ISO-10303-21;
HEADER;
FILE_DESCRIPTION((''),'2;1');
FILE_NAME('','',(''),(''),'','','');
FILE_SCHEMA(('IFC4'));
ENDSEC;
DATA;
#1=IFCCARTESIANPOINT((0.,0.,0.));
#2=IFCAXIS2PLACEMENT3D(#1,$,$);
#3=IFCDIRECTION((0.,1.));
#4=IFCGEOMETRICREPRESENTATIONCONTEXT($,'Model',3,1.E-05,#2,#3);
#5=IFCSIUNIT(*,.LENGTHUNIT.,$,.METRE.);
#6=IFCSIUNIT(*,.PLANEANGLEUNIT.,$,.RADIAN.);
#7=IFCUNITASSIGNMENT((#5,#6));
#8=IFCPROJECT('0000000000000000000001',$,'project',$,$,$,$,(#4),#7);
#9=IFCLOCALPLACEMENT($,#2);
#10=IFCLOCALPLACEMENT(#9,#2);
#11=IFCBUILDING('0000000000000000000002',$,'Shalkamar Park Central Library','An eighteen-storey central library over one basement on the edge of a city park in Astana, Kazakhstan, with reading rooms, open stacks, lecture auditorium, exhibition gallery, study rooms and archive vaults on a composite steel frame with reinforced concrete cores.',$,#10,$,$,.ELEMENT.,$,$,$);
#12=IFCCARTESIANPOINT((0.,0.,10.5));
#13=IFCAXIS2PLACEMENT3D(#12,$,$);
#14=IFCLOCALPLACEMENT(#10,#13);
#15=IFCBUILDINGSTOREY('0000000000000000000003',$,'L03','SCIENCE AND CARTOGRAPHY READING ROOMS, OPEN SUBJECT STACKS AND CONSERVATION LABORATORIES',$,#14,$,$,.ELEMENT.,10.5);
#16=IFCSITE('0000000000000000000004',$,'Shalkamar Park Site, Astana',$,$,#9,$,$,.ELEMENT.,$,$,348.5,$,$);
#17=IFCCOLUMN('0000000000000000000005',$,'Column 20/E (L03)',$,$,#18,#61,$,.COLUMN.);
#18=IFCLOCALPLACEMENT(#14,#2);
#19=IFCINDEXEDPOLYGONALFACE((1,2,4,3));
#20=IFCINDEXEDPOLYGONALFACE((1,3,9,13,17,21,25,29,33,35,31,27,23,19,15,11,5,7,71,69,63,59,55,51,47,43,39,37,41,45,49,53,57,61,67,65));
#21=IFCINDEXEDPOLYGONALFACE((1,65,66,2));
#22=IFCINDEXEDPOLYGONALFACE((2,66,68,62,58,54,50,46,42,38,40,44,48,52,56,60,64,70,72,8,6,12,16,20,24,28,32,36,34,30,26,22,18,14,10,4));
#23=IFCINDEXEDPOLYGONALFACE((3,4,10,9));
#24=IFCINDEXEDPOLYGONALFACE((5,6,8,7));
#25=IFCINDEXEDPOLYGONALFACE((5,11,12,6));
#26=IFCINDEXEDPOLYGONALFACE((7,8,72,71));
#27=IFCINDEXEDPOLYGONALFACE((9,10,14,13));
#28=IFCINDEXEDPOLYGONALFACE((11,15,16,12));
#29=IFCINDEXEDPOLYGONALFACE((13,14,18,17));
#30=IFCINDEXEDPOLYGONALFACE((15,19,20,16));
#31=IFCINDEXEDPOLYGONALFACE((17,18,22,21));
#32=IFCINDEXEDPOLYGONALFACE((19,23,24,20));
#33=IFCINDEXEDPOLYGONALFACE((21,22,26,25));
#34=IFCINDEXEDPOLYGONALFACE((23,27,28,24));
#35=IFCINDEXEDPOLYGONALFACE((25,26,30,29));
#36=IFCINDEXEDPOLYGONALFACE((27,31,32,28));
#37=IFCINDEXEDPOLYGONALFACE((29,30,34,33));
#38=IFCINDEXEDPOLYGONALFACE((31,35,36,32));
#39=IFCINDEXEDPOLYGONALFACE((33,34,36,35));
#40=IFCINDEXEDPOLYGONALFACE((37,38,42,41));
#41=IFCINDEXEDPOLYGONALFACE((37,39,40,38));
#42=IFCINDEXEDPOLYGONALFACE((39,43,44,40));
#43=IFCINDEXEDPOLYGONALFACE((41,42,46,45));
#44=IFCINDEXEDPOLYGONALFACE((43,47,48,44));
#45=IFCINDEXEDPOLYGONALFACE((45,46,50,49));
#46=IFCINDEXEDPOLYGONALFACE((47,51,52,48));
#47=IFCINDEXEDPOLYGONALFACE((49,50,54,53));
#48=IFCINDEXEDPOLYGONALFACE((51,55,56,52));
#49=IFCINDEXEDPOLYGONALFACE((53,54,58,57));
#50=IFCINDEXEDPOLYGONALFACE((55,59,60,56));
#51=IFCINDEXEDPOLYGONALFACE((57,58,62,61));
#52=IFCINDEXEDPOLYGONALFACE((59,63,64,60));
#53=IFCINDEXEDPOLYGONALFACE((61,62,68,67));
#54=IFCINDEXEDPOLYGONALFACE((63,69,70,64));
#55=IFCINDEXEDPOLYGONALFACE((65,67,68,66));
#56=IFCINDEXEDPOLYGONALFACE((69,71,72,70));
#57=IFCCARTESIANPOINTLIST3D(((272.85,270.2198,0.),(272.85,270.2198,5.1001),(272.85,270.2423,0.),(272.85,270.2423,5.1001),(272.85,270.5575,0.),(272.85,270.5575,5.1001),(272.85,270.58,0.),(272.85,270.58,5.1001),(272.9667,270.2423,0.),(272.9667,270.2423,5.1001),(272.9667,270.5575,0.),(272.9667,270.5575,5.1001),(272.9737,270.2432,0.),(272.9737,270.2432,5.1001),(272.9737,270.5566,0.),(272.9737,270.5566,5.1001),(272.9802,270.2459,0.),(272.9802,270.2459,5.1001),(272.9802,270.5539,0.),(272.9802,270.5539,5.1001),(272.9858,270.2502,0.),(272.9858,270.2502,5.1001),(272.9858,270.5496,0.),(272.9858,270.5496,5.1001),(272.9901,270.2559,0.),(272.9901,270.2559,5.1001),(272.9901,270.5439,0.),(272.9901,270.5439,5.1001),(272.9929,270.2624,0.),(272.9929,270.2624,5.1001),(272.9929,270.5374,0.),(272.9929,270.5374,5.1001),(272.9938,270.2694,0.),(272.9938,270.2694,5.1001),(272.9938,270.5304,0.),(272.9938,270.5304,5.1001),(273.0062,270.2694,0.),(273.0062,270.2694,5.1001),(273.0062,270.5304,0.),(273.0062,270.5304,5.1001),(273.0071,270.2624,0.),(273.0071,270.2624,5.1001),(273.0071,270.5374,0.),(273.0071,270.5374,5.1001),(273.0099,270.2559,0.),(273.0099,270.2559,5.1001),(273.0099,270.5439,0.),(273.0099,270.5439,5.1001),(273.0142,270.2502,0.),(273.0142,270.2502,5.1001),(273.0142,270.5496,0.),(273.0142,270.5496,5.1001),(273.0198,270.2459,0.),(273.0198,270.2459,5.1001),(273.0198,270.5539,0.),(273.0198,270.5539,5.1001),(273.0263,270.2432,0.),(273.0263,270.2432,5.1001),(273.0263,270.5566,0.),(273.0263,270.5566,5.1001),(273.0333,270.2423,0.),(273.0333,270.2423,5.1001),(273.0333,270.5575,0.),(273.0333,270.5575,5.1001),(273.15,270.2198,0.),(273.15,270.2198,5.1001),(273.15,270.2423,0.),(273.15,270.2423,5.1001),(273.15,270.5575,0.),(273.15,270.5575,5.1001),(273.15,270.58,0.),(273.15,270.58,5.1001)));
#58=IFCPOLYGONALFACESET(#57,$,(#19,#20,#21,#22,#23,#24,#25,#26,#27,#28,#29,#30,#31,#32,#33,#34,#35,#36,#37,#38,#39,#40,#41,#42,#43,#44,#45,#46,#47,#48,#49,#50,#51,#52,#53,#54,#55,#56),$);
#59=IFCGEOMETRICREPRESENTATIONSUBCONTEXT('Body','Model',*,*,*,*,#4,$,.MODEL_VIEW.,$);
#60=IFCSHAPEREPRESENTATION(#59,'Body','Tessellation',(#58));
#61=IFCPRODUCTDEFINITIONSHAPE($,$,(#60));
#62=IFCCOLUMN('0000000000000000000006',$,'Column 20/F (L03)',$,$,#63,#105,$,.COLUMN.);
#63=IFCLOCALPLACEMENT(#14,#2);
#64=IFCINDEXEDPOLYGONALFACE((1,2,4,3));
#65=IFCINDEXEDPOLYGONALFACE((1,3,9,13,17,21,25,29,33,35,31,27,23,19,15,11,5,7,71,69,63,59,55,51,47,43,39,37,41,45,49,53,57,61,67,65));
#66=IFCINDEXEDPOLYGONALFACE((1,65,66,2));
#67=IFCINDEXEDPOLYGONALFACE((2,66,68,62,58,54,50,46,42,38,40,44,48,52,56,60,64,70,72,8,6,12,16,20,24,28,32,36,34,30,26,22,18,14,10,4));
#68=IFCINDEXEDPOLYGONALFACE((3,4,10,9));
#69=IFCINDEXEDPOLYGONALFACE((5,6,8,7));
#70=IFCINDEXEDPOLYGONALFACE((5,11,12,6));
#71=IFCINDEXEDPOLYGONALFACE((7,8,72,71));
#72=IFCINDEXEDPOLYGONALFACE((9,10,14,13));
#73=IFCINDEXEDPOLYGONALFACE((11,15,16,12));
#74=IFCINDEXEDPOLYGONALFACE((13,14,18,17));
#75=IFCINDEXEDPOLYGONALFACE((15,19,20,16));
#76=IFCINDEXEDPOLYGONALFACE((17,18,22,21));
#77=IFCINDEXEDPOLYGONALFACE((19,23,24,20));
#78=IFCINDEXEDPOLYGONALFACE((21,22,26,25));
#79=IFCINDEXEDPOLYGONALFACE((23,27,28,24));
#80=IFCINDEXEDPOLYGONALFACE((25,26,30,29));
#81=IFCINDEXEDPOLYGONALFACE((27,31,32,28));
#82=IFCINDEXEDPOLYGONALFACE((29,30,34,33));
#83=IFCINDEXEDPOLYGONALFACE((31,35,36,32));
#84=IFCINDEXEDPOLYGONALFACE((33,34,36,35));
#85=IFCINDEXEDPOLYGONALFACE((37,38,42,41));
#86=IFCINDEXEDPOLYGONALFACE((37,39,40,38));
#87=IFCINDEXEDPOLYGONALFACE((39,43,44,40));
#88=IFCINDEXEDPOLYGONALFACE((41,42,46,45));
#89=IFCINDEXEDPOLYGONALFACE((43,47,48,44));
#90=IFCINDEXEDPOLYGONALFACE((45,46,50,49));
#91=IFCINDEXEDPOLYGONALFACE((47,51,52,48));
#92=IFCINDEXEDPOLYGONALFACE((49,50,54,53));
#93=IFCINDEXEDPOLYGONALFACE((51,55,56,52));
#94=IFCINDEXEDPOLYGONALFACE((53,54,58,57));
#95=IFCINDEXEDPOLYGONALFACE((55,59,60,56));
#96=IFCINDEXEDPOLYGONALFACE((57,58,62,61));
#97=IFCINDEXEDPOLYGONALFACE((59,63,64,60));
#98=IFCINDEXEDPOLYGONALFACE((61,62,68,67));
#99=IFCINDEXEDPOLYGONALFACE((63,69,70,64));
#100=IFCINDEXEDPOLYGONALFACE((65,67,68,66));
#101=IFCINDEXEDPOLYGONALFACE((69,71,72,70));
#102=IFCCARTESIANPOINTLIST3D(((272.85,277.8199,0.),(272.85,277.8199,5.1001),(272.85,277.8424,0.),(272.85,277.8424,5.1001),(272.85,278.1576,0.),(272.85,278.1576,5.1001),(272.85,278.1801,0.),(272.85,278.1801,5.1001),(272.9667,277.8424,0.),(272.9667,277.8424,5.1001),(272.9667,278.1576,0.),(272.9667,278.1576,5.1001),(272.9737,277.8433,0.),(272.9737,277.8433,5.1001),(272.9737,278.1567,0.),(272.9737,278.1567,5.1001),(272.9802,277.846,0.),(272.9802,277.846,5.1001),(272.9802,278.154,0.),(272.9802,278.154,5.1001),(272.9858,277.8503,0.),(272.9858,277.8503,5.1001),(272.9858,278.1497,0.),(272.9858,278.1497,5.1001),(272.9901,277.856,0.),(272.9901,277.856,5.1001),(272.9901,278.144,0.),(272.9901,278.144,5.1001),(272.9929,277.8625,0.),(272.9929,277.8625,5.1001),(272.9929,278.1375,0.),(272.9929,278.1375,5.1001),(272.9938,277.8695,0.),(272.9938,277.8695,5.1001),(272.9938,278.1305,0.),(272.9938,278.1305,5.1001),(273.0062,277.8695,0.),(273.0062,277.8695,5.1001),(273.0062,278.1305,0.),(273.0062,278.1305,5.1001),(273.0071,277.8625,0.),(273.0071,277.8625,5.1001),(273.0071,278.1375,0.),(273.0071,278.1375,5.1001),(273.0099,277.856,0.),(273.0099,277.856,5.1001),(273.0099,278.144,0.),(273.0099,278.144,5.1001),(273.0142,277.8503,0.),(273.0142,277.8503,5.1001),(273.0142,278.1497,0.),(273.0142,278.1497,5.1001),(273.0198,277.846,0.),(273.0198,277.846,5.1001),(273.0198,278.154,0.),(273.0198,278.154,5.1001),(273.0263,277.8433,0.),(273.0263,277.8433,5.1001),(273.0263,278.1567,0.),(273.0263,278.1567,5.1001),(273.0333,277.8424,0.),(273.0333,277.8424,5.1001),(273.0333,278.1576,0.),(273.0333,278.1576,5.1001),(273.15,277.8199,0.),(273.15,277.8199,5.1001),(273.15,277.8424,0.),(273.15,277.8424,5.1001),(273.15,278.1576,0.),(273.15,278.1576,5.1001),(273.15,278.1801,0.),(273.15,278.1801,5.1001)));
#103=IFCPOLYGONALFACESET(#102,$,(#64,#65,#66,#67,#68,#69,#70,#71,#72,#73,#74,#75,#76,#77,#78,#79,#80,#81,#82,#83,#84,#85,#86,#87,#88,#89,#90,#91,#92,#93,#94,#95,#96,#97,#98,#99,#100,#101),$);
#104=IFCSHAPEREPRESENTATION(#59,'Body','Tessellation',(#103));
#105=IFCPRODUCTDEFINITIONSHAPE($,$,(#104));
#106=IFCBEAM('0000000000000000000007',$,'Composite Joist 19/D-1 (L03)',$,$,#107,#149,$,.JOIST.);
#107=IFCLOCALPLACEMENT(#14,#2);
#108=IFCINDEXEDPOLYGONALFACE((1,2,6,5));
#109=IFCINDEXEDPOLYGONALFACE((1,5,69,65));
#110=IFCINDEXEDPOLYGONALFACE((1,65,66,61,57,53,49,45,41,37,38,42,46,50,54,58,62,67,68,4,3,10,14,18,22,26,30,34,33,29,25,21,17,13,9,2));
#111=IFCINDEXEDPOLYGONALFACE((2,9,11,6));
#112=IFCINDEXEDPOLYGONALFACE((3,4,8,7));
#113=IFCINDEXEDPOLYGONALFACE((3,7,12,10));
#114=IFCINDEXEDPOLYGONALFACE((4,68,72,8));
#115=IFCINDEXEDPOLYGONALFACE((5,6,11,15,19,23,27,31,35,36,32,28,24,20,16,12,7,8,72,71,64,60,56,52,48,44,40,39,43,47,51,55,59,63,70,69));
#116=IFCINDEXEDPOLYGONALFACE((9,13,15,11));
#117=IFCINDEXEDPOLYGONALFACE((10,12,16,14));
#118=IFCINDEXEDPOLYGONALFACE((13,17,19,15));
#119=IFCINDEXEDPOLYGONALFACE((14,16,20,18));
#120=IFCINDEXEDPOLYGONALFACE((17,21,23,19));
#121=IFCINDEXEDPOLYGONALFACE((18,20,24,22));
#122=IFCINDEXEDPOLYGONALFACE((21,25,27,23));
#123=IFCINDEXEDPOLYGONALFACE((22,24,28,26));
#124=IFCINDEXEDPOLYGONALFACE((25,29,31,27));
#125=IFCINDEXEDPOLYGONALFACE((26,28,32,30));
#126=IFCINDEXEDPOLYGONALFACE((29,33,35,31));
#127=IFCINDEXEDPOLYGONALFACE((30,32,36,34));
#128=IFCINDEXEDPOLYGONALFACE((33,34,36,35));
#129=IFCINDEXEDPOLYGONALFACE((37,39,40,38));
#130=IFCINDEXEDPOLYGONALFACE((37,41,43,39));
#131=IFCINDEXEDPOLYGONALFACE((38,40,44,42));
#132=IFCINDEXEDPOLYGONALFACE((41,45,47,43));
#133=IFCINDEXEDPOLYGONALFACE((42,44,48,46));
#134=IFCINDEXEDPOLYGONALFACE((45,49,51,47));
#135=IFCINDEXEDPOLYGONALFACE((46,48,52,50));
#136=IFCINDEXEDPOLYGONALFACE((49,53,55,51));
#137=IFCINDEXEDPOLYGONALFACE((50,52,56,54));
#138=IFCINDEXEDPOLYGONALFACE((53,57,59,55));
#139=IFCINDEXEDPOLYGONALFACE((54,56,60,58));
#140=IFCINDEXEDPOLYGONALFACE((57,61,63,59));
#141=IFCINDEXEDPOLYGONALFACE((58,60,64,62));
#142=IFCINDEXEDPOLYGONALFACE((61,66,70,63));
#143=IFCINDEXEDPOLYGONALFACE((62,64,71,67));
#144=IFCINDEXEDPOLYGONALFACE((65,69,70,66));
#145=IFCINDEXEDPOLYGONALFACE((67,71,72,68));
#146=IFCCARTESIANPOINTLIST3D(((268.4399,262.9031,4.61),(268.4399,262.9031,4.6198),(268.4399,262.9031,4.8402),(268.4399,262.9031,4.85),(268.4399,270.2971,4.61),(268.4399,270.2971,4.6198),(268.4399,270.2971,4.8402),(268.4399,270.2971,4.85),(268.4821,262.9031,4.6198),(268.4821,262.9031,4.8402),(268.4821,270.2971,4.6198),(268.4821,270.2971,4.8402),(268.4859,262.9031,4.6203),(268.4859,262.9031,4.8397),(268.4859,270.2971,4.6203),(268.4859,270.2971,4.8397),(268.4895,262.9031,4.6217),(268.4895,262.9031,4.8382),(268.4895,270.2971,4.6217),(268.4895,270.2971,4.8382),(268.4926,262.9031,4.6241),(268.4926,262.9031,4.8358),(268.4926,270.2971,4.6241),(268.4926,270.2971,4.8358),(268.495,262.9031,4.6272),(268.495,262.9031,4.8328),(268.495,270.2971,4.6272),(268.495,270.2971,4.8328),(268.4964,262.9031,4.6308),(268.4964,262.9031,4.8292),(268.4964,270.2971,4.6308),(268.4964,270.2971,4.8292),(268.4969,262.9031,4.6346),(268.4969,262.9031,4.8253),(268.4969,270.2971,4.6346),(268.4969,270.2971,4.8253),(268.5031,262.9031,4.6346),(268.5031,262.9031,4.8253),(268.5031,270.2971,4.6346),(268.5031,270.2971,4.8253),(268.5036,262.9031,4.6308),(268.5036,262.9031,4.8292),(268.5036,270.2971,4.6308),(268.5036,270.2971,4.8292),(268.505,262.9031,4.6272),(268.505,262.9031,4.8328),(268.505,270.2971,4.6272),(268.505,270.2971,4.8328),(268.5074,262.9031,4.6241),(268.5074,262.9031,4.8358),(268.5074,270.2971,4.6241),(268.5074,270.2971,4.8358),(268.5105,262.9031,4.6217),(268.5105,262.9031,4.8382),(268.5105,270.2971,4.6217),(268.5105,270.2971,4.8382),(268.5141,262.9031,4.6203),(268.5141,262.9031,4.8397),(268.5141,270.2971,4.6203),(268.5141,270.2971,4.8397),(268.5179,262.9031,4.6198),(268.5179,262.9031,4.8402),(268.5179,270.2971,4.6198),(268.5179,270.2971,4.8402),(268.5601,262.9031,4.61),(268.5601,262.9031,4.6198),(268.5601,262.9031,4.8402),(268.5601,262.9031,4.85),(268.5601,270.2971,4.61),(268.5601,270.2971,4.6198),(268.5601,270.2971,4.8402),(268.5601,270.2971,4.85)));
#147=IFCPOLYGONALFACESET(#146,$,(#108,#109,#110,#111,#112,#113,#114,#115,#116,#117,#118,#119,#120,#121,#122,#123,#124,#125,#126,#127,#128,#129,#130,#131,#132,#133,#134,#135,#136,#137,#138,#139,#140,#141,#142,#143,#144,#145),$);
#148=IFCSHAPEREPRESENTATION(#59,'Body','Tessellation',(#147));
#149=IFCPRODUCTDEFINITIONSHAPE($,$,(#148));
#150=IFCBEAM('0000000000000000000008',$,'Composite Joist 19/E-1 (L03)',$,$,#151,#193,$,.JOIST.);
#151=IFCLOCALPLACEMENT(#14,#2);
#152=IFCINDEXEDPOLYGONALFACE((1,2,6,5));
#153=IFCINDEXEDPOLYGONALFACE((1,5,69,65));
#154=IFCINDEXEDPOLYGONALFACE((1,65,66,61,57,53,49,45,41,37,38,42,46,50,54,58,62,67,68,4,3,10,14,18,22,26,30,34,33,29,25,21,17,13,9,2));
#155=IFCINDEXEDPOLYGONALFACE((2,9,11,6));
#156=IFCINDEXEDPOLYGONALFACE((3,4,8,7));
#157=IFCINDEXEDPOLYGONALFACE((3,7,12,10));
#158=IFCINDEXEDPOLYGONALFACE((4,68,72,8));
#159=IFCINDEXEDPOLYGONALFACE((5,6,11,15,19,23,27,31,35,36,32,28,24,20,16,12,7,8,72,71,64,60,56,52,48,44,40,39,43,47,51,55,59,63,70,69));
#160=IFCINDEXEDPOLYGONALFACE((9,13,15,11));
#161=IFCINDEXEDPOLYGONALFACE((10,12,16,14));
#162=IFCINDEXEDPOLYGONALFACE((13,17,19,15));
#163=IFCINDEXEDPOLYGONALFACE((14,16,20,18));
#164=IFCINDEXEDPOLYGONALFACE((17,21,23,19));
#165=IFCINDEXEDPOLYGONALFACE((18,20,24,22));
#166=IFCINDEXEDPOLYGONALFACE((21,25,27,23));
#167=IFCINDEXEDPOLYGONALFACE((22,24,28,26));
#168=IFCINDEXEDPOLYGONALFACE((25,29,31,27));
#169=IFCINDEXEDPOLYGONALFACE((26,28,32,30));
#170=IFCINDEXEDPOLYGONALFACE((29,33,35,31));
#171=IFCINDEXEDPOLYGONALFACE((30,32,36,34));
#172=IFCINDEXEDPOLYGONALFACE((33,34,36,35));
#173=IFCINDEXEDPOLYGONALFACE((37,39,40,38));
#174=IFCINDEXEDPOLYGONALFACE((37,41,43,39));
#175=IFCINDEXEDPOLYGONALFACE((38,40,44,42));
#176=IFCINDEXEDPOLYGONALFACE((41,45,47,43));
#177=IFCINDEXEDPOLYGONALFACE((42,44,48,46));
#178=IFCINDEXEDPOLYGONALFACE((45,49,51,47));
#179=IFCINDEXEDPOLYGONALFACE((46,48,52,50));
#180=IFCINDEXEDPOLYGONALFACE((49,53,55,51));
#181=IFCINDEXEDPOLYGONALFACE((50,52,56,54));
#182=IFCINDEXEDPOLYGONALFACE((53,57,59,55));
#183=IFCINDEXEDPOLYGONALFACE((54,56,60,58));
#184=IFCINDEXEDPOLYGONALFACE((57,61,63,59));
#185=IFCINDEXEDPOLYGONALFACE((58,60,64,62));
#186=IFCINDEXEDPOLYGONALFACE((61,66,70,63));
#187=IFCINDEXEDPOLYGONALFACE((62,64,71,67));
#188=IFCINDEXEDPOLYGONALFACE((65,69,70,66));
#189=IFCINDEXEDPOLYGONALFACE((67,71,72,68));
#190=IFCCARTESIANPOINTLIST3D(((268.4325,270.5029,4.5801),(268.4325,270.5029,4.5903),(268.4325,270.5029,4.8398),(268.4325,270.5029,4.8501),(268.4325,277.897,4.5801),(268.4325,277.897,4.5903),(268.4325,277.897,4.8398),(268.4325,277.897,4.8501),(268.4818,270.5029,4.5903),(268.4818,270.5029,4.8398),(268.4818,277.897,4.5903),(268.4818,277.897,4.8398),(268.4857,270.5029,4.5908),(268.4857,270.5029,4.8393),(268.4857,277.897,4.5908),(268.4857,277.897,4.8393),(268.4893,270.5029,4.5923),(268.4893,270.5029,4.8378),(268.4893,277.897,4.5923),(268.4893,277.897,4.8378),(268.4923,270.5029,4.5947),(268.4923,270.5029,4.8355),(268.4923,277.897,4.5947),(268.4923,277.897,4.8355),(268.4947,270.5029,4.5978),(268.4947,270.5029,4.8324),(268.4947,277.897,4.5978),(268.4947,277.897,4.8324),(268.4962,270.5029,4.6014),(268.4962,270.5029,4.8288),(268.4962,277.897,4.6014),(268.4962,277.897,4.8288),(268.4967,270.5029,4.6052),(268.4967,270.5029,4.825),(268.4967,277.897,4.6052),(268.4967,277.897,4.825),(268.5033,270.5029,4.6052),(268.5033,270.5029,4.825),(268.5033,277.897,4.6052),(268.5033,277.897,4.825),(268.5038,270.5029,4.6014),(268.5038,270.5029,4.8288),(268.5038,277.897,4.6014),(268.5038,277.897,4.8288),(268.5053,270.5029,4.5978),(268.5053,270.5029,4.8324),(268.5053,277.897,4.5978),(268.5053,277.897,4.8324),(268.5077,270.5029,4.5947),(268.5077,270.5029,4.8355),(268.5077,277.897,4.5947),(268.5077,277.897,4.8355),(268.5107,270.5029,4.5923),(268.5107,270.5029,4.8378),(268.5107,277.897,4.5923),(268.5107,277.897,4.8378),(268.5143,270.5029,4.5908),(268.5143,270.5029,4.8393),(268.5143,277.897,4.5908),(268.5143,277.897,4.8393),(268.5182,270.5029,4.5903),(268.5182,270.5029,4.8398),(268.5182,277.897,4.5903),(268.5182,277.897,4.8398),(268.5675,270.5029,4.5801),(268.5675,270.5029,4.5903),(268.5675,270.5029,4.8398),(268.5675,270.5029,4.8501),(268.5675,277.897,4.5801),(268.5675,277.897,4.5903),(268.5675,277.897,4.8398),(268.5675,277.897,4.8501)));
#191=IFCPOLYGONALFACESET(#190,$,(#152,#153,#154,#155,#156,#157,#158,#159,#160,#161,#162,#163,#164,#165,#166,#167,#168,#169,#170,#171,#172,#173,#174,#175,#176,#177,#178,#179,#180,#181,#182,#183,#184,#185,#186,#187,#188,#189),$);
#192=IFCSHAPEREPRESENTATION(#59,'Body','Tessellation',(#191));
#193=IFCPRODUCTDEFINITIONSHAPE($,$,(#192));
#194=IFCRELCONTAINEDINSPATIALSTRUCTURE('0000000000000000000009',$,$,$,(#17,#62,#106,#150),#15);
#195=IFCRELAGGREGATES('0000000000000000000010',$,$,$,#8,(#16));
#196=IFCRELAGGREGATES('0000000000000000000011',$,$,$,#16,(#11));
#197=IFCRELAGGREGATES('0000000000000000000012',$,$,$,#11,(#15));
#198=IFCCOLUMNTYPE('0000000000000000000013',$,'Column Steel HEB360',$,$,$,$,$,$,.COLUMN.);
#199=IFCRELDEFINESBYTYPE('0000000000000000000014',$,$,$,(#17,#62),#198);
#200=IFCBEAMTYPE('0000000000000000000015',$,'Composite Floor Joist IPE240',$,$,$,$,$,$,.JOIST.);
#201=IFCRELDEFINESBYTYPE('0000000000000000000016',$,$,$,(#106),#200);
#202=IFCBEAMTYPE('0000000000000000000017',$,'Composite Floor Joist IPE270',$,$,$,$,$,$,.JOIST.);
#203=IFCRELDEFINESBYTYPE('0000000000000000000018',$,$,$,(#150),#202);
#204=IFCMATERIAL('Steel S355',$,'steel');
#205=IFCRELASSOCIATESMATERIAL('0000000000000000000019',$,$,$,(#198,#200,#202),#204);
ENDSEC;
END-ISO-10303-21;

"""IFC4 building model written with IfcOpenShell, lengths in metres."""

from ifc_helpers import new_model, si_unit, direction, frame, origin, origin_2d, place, context, subcontext, project, spatial, i_section, extrude, material, material_profile, profile_set, type_object, element, save


model = new_model("IFC4")

# Units and contexts
model_context = context("Model", 3, precision=1e-05, world=origin(), true_north=direction((0.0, 1.0)))
body_context = subcontext(model_context, "Body", "Model", "MODEL_VIEW")
ifc_project = project(units=[si_unit("LENGTHUNIT", "METRE"), si_unit("PLANEANGLEUNIT", "RADIAN")], contexts=[model_context])

# Site, building, storey
site_placement = place(None, origin())
site = spatial("IfcSite", under=ifc_project, at=site_placement, Name="Shalkamar Park Site, Astana", CompositionType="ELEMENT", RefElevation=348.5)
building_placement = place(site_placement, origin())
building = spatial("IfcBuilding", under=site, at=building_placement, Name="Shalkamar Park Central Library", Description="An eighteen-storey central library over one basement on the edge of a city park in Astana, Kazakhstan, with reading rooms, open stacks, lecture auditorium, exhibition gallery, study rooms and archive vaults on a composite steel frame with reinforced concrete cores.", CompositionType="ELEMENT")
storey_placement = place(building_placement, frame((0.0, 0.0, 10.5)))
storey = spatial("IfcBuildingStorey", under=building, at=storey_placement, Name="L03", Description="SCIENCE AND CARTOGRAPHY READING ROOMS, OPEN SUBJECT STACKS AND CONSERVATION LABORATORIES", CompositionType="ELEMENT", Elevation=10.5)

# Columns
ifc_material_1 = material(Name="Steel S355", Category="steel")
ifc_material_profile_1 = material_profile(ifc_material_1, i_section(OverallWidth=0.3, OverallDepth=0.3601, WebThickness=0.0125, FlangeThickness=0.0225, FilletRadius=0.0271, at=origin_2d()), Name="HEB 360")
ifc_profile_set_1 = profile_set([ifc_material_profile_1], Name="Steel S355")
column_type = type_object("IfcColumnType", Name="Column Steel HEB360", PredefinedType="COLUMN", material=ifc_profile_set_1)
for number, where, z_axis, x_axis, name in (
    (1, (273.0, 270.3999, 0.0), (0.0, 0.0, 1.0), (1.0, 0.0, 0.0), "Column 20/E (L03)"),
    (2, (273.0, 278.0, 0.0), (0.0, 0.0, 1.0), (1.0, 0.0, 0.0), "Column 20/F (L03)"),
):
    element("IfcColumn", number, at=place(storey_placement, frame(where, z_axis=z_axis, x_axis=x_axis)), inside=storey, type_object=column_type, Name=name, PredefinedType="COLUMN", context=body_context, shape_type="SweptSolid", body=[
        extrude(i_section(OverallWidth=0.3, OverallDepth=0.3601, WebThickness=0.0125, FlangeThickness=0.0225, FilletRadius=0.0271, at=origin_2d()), origin(), (0.0, 0.0, 1.0), 5.1001),
    ])

# Beams
ifc_material_profile_2 = material_profile(ifc_material_1, i_section(OverallWidth=0.1201, OverallDepth=0.24, WebThickness=0.0061, FlangeThickness=0.0098, FilletRadius=0.0149, at=origin_2d()), Name="IPE 240")
ifc_profile_set_2 = profile_set([ifc_material_profile_2], Name="Steel S355")
beam_type_1 = type_object("IfcBeamType", Name="Composite Floor Joist IPE240", PredefinedType="JOIST", material=ifc_profile_set_2)
beam_1_placement = place(storey_placement, frame((268.5, 262.9031, 4.73), z_axis=(0.0, 1.0, 0.0), x_axis=(-1.0, 0.0, 0.0)))
element("IfcBeam", 3, at=beam_1_placement, inside=storey, type_object=beam_type_1, Name="Composite Joist 19/D-1 (L03)", PredefinedType="JOIST", context=body_context, shape_type="SweptSolid", body=[
    extrude(i_section(OverallWidth=0.1201, OverallDepth=0.24, WebThickness=0.0061, FlangeThickness=0.0098, FilletRadius=0.0149, at=origin_2d()), origin(), (0.0, 0.0, 1.0), 7.394),
])
ifc_material_profile_3 = material_profile(ifc_material_1, i_section(OverallWidth=0.135, OverallDepth=0.27, WebThickness=0.0066, FlangeThickness=0.0103, FilletRadius=0.0149, at=origin_2d()), Name="IPE 270")
ifc_profile_set_3 = profile_set([ifc_material_profile_3], Name="Steel S355")
beam_type_2 = type_object("IfcBeamType", Name="Composite Floor Joist IPE270", PredefinedType="JOIST", material=ifc_profile_set_3)
for number, where, z_axis, x_axis, name in (
    (4, (268.5, 270.5029, 4.7151), (0.0, 1.0, 0.0), (-1.0, 0.0, 0.0), "Composite Joist 19/E-1 (L03)"),
):
    element("IfcBeam", number, at=place(storey_placement, frame(where, z_axis=z_axis, x_axis=x_axis)), inside=storey, type_object=beam_type_2, Name=name, PredefinedType="JOIST", context=body_context, shape_type="SweptSolid", body=[
        extrude(i_section(OverallWidth=0.135, OverallDepth=0.27, WebThickness=0.0066, FlangeThickness=0.0103, FilletRadius=0.0149, at=origin_2d()), origin(), (0.0, 0.0, 1.0), 7.394),
    ])

save(model, "model.ifc")
